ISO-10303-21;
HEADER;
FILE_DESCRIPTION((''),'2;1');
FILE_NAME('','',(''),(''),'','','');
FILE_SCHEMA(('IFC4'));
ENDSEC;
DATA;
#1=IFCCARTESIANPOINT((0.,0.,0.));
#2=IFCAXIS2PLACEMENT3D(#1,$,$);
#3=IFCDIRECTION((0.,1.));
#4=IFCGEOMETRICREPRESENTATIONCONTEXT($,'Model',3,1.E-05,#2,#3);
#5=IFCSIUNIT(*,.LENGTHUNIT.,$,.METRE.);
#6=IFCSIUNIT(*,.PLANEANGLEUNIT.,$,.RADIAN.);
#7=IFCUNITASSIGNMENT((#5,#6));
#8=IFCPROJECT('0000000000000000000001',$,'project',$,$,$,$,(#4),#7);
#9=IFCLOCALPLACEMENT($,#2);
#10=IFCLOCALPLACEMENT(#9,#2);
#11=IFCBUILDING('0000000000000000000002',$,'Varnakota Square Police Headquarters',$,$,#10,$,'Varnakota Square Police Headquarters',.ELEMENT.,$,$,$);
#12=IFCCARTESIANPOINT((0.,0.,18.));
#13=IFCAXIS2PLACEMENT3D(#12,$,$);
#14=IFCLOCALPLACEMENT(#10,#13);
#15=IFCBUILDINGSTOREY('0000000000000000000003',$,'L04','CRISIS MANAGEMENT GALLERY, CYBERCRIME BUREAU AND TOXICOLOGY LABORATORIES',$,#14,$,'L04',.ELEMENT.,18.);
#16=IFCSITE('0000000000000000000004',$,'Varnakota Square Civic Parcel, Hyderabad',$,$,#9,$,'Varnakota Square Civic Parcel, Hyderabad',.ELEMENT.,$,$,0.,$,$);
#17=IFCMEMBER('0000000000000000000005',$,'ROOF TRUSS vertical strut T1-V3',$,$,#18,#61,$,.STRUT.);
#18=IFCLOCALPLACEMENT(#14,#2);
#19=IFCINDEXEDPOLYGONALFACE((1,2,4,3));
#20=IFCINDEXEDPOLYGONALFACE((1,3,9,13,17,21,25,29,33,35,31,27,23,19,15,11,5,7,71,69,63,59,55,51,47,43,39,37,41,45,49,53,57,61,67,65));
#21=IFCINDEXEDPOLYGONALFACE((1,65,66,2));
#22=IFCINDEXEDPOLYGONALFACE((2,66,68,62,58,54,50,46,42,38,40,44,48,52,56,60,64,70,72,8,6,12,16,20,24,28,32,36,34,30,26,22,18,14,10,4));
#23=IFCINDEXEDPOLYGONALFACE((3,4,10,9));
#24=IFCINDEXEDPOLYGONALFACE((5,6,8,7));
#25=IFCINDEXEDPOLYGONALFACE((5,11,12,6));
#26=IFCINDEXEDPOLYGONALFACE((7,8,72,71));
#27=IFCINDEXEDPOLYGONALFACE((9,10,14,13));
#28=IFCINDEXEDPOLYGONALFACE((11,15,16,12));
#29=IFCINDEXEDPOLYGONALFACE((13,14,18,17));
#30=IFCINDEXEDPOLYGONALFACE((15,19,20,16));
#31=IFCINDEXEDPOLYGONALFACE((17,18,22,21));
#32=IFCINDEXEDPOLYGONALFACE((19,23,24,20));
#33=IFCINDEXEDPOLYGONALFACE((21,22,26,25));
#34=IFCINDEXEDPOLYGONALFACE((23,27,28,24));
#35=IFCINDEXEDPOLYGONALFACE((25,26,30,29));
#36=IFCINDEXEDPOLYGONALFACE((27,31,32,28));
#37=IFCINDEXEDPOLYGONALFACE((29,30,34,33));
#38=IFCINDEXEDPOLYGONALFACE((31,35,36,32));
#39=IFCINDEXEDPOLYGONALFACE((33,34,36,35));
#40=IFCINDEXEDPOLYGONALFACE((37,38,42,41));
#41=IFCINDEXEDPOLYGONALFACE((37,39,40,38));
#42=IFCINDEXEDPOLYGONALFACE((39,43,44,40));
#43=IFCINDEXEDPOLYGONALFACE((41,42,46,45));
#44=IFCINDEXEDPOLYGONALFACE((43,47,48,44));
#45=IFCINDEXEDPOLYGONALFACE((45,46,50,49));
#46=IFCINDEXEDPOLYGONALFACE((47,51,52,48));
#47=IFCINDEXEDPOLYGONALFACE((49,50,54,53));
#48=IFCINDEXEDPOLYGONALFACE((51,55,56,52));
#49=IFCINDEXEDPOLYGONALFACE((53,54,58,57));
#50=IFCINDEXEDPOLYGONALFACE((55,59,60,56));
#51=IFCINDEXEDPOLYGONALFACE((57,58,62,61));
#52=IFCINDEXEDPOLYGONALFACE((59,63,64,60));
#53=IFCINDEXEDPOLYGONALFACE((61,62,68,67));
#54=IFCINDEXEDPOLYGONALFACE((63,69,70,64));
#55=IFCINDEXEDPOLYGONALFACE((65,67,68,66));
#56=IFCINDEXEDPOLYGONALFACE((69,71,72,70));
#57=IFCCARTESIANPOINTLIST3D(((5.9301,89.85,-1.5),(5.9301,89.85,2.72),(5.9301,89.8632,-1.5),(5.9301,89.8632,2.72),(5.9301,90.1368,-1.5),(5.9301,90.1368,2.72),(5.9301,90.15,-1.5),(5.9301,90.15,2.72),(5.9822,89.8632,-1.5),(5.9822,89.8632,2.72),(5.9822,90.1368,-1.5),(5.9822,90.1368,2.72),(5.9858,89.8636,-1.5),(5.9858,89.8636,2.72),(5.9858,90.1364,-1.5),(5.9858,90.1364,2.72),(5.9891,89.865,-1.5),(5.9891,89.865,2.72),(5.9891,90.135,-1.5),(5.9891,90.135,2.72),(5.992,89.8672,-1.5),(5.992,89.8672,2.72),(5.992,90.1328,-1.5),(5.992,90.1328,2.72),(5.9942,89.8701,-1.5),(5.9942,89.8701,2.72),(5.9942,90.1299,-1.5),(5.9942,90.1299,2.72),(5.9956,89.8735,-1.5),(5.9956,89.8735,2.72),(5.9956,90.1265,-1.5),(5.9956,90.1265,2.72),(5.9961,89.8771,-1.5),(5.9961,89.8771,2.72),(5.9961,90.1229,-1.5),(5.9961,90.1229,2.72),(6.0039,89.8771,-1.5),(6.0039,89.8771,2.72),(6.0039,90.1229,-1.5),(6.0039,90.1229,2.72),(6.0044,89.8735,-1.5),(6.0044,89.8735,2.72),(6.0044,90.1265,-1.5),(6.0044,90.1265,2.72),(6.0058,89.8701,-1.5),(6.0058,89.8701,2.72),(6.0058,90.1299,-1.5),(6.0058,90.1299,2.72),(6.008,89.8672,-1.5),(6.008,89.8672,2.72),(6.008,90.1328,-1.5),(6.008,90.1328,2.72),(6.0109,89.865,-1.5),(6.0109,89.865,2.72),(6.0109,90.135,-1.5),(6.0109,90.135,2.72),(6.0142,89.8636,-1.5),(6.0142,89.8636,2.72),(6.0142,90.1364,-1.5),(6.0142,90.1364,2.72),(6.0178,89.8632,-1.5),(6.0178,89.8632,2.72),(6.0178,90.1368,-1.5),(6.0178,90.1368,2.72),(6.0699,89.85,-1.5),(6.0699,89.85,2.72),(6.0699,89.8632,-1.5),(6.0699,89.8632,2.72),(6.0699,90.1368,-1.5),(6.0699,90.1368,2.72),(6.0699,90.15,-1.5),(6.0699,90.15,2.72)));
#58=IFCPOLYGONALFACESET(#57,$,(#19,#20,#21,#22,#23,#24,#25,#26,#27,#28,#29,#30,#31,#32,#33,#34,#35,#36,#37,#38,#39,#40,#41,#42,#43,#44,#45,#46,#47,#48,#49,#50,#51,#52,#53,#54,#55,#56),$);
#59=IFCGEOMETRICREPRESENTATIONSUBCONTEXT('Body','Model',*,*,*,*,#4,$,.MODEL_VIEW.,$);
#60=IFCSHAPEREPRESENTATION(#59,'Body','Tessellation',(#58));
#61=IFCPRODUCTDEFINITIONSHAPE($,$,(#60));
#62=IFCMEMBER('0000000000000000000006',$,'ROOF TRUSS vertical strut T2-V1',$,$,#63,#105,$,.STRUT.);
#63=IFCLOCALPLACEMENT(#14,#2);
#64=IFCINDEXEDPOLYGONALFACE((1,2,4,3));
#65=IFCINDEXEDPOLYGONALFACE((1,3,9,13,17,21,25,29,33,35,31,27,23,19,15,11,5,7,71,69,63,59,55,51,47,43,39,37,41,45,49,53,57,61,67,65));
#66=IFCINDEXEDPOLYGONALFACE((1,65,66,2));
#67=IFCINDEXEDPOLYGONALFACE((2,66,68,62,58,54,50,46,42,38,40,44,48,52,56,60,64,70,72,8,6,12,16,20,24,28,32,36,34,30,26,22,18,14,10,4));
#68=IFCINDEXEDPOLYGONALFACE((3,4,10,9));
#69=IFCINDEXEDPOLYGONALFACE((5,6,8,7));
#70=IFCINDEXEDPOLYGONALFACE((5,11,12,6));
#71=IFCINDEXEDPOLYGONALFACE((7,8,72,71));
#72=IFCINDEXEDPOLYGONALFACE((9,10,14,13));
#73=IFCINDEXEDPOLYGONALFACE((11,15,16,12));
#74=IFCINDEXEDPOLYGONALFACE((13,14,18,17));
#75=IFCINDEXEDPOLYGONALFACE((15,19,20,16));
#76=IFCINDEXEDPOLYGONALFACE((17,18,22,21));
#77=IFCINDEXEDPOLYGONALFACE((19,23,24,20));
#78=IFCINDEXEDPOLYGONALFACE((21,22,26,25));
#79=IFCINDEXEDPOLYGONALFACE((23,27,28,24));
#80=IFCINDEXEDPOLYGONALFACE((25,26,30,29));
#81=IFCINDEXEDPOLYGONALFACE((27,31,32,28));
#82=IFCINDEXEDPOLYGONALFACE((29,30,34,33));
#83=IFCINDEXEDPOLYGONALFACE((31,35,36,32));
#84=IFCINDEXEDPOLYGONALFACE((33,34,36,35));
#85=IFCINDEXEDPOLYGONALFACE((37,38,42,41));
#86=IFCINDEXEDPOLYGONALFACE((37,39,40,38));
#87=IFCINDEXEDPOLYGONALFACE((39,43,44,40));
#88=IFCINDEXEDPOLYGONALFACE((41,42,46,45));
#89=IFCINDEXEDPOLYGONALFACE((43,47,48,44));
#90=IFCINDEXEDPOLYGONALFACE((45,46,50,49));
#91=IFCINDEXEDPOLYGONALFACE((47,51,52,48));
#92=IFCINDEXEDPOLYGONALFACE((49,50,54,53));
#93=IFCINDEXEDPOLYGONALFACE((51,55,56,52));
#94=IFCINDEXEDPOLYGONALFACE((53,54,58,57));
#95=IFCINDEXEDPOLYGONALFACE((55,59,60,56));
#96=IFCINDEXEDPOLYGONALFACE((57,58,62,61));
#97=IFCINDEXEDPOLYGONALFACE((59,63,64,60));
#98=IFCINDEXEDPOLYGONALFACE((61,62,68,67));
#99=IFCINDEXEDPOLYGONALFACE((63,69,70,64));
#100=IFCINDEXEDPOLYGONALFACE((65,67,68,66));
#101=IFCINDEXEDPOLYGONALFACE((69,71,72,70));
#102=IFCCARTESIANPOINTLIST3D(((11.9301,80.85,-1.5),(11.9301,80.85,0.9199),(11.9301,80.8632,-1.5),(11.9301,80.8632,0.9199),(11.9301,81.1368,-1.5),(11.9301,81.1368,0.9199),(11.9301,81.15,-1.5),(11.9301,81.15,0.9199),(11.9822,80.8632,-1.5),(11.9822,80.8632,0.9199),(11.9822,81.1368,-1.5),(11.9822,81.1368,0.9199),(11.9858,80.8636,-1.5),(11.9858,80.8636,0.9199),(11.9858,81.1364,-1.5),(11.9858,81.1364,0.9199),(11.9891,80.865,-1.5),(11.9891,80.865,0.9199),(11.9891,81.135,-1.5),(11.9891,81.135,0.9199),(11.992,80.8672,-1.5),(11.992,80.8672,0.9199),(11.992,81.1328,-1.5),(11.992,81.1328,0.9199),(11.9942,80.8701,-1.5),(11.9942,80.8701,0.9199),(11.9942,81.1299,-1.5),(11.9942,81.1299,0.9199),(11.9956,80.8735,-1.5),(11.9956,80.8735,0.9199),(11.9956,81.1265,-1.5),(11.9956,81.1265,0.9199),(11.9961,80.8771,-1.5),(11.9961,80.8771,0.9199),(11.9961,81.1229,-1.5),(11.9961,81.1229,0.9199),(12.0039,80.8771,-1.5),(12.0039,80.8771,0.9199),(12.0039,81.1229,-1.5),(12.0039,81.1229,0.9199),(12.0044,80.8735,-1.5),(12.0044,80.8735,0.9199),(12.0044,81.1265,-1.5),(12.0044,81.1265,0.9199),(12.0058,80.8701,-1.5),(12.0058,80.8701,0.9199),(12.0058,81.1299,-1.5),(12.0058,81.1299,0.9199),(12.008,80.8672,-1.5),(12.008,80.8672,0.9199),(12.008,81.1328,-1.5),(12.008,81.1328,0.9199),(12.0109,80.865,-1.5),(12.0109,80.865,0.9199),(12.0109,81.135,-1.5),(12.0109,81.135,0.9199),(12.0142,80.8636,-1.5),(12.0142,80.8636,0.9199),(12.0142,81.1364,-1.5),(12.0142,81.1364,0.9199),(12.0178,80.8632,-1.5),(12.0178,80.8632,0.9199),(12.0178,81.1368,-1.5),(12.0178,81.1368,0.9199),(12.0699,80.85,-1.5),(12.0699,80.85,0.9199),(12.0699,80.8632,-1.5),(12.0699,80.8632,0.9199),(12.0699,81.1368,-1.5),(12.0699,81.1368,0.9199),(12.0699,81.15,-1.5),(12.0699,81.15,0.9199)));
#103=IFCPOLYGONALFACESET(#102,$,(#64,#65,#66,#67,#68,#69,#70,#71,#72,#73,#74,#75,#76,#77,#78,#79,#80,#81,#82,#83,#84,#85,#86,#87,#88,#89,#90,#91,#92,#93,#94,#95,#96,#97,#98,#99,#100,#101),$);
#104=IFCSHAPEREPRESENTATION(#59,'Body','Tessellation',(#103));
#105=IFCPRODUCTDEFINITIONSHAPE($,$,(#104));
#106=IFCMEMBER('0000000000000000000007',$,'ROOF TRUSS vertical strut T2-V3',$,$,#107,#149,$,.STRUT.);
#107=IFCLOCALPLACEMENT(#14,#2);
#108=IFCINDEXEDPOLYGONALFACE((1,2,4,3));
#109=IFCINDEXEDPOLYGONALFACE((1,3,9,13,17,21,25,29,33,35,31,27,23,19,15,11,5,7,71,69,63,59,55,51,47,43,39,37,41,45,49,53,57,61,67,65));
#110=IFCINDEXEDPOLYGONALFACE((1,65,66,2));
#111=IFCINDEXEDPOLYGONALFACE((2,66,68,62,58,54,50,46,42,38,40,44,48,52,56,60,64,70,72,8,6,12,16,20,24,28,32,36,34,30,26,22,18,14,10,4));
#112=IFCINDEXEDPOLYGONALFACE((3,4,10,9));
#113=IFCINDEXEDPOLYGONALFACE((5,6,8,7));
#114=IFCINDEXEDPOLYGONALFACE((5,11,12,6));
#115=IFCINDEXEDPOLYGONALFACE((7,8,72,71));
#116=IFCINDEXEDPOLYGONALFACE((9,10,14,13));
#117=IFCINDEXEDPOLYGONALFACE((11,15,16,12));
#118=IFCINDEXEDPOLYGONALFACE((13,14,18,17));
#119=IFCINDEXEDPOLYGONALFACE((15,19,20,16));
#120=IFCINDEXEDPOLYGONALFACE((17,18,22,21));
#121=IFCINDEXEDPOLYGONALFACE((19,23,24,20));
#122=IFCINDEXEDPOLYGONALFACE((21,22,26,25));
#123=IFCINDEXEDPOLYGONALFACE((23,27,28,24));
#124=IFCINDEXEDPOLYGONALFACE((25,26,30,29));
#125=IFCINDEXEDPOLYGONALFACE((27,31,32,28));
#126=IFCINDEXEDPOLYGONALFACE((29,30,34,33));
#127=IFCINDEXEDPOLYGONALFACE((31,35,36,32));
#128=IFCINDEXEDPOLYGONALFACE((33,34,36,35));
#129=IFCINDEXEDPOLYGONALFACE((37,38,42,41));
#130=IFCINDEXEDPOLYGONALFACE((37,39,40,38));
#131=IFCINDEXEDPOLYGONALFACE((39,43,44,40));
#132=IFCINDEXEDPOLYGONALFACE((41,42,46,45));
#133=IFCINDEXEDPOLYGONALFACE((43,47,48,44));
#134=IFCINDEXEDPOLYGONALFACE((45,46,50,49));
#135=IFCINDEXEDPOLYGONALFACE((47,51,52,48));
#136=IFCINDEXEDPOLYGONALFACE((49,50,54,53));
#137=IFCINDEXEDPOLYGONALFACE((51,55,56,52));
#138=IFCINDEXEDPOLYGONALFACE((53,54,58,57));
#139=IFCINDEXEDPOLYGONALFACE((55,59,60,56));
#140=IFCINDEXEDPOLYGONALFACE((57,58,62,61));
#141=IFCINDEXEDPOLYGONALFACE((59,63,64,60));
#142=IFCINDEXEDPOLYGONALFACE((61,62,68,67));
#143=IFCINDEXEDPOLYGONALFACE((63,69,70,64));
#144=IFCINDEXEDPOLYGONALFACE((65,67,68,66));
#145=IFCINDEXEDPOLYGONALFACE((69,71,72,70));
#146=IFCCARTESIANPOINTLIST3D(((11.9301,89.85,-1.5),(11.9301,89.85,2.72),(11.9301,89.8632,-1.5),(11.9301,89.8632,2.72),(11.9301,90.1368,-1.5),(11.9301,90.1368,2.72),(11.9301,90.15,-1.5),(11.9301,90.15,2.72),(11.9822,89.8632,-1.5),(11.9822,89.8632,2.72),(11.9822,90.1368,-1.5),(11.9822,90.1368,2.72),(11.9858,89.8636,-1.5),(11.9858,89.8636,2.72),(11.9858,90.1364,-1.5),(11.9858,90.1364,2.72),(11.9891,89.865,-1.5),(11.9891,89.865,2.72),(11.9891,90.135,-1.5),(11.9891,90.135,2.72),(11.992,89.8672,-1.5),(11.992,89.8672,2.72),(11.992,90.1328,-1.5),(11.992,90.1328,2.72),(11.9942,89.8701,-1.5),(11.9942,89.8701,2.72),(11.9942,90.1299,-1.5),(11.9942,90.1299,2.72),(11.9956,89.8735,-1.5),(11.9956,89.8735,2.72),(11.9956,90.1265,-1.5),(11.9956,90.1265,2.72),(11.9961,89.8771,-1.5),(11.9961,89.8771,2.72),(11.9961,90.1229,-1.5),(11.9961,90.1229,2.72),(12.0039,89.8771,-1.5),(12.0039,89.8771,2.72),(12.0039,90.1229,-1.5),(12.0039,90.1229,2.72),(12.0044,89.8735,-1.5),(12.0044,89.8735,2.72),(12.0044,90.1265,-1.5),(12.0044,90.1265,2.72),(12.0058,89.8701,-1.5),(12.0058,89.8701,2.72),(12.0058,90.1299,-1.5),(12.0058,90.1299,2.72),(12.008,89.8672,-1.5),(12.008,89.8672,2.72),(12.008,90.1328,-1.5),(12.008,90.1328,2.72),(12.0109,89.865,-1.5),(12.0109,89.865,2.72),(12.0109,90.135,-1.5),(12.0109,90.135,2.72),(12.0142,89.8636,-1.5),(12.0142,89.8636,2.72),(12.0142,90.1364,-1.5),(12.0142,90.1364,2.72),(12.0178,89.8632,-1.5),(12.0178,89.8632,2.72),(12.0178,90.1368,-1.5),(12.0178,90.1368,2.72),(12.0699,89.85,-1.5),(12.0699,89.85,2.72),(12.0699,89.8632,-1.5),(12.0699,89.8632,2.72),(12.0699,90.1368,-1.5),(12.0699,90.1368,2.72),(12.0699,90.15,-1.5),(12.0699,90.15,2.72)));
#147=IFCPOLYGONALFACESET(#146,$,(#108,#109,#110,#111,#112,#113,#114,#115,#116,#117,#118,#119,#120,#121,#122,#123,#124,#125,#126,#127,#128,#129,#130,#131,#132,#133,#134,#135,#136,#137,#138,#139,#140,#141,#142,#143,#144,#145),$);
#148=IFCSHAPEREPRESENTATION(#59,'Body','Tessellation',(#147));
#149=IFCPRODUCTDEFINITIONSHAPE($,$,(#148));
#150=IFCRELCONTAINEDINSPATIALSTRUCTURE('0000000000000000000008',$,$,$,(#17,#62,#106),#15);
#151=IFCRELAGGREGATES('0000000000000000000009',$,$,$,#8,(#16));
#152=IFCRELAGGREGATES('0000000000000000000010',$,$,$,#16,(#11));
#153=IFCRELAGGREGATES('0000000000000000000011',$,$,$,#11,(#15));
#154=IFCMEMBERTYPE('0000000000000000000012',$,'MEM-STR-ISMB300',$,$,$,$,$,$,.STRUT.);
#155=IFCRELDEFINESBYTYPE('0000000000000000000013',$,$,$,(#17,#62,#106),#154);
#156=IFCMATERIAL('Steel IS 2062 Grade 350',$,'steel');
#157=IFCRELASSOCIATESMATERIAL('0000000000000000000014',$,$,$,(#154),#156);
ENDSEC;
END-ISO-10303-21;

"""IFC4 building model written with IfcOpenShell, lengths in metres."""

from ifc_helpers import new_model, si_unit, direction, frame, origin, origin_2d, place, context, subcontext, project, spatial, i_section, extrude, material, material_profile, profile_set, type_object, element, save


model = new_model("IFC4")

# Units and contexts
model_context = context("Model", 3, precision=1e-05, world=origin(), true_north=direction((0.0, 1.0)))
body_context = subcontext(model_context, "Body", "Model", "MODEL_VIEW")
ifc_project = project(units=[si_unit("LENGTHUNIT", "METRE"), si_unit("PLANEANGLEUNIT", "RADIAN")], contexts=[model_context])

# Site, building, storey
site_placement = place(None, origin())
site = spatial("IfcSite", under=ifc_project, at=site_placement, Name="Varnakota Square Civic Parcel, Hyderabad", LongName="Varnakota Square Civic Parcel, Hyderabad", CompositionType="ELEMENT", RefElevation=0.0)
building_placement = place(site_placement, origin())
building = spatial("IfcBuilding", under=site, at=building_placement, Name="Varnakota Square Police Headquarters", LongName="Varnakota Square Police Headquarters", CompositionType="ELEMENT")
storey_placement = place(building_placement, frame((0.0, 0.0, 18.0)))
storey = spatial("IfcBuildingStorey", under=building, at=storey_placement, Name="L04", Description="CRISIS MANAGEMENT GALLERY, CYBERCRIME BUREAU AND TOXICOLOGY LABORATORIES", LongName="L04", CompositionType="ELEMENT", Elevation=18.0)

# Shared definitions
ifc_material_1 = material(Name="Steel IS 2062 Grade 350", Category="steel")

# Members
ifc_material_profile_1 = material_profile(ifc_material_1, i_section(OverallWidth=0.1399, OverallDepth=0.3, WebThickness=0.0078, FlangeThickness=0.0132, FilletRadius=0.0139, at=origin_2d()), Name="ISMB 300")
ifc_profile_set_1 = profile_set([ifc_material_profile_1], Name="Steel IS 2062 Grade 350")
member_type_1 = type_object("IfcMemberType", Name="MEM-STR-ISMB300", PredefinedType="STRUT", material=ifc_profile_set_1)
member_1_placement = place(storey_placement, frame((6.0, 90.0, -1.5), z_axis=(0.0, 0.0, 1.0), x_axis=(1.0, 0.0, 0.0)))
element("IfcMember", 1, at=member_1_placement, inside=storey, type_object=member_type_1, Name="ROOF TRUSS vertical strut T1-V3", PredefinedType="STRUT", context=body_context, shape_type="SweptSolid", body=[
    extrude(i_section(OverallWidth=0.1399, OverallDepth=0.3, WebThickness=0.0078, FlangeThickness=0.0132, FilletRadius=0.0139, at=origin_2d()), origin(), (0.0, 0.0, 1.0), 4.22),
])
member_2_placement = place(storey_placement, frame((12.0, 81.0, -1.5), z_axis=(0.0, 0.0, 1.0), x_axis=(1.0, 0.0, 0.0)))
element("IfcMember", 2, at=member_2_placement, inside=storey, type_object=member_type_1, Name="ROOF TRUSS vertical strut T2-V1", PredefinedType="STRUT", context=body_context, shape_type="SweptSolid", body=[
    extrude(i_section(OverallWidth=0.1399, OverallDepth=0.3, WebThickness=0.0078, FlangeThickness=0.0132, FilletRadius=0.0139, at=origin_2d()), origin(), (0.0, 0.0, 1.0), 2.4199),
])
member_3_placement = place(storey_placement, frame((12.0, 90.0, -1.5), z_axis=(0.0, 0.0, 1.0), x_axis=(1.0, 0.0, 0.0)))
element("IfcMember", 3, at=member_3_placement, inside=storey, type_object=member_type_1, Name="ROOF TRUSS vertical strut T2-V3", PredefinedType="STRUT", context=body_context, shape_type="SweptSolid", body=[
    extrude(i_section(OverallWidth=0.1399, OverallDepth=0.3, WebThickness=0.0078, FlangeThickness=0.0132, FilletRadius=0.0139, at=origin_2d()), origin(), (0.0, 0.0, 1.0), 4.22),
])

save(model, "model.ifc")
